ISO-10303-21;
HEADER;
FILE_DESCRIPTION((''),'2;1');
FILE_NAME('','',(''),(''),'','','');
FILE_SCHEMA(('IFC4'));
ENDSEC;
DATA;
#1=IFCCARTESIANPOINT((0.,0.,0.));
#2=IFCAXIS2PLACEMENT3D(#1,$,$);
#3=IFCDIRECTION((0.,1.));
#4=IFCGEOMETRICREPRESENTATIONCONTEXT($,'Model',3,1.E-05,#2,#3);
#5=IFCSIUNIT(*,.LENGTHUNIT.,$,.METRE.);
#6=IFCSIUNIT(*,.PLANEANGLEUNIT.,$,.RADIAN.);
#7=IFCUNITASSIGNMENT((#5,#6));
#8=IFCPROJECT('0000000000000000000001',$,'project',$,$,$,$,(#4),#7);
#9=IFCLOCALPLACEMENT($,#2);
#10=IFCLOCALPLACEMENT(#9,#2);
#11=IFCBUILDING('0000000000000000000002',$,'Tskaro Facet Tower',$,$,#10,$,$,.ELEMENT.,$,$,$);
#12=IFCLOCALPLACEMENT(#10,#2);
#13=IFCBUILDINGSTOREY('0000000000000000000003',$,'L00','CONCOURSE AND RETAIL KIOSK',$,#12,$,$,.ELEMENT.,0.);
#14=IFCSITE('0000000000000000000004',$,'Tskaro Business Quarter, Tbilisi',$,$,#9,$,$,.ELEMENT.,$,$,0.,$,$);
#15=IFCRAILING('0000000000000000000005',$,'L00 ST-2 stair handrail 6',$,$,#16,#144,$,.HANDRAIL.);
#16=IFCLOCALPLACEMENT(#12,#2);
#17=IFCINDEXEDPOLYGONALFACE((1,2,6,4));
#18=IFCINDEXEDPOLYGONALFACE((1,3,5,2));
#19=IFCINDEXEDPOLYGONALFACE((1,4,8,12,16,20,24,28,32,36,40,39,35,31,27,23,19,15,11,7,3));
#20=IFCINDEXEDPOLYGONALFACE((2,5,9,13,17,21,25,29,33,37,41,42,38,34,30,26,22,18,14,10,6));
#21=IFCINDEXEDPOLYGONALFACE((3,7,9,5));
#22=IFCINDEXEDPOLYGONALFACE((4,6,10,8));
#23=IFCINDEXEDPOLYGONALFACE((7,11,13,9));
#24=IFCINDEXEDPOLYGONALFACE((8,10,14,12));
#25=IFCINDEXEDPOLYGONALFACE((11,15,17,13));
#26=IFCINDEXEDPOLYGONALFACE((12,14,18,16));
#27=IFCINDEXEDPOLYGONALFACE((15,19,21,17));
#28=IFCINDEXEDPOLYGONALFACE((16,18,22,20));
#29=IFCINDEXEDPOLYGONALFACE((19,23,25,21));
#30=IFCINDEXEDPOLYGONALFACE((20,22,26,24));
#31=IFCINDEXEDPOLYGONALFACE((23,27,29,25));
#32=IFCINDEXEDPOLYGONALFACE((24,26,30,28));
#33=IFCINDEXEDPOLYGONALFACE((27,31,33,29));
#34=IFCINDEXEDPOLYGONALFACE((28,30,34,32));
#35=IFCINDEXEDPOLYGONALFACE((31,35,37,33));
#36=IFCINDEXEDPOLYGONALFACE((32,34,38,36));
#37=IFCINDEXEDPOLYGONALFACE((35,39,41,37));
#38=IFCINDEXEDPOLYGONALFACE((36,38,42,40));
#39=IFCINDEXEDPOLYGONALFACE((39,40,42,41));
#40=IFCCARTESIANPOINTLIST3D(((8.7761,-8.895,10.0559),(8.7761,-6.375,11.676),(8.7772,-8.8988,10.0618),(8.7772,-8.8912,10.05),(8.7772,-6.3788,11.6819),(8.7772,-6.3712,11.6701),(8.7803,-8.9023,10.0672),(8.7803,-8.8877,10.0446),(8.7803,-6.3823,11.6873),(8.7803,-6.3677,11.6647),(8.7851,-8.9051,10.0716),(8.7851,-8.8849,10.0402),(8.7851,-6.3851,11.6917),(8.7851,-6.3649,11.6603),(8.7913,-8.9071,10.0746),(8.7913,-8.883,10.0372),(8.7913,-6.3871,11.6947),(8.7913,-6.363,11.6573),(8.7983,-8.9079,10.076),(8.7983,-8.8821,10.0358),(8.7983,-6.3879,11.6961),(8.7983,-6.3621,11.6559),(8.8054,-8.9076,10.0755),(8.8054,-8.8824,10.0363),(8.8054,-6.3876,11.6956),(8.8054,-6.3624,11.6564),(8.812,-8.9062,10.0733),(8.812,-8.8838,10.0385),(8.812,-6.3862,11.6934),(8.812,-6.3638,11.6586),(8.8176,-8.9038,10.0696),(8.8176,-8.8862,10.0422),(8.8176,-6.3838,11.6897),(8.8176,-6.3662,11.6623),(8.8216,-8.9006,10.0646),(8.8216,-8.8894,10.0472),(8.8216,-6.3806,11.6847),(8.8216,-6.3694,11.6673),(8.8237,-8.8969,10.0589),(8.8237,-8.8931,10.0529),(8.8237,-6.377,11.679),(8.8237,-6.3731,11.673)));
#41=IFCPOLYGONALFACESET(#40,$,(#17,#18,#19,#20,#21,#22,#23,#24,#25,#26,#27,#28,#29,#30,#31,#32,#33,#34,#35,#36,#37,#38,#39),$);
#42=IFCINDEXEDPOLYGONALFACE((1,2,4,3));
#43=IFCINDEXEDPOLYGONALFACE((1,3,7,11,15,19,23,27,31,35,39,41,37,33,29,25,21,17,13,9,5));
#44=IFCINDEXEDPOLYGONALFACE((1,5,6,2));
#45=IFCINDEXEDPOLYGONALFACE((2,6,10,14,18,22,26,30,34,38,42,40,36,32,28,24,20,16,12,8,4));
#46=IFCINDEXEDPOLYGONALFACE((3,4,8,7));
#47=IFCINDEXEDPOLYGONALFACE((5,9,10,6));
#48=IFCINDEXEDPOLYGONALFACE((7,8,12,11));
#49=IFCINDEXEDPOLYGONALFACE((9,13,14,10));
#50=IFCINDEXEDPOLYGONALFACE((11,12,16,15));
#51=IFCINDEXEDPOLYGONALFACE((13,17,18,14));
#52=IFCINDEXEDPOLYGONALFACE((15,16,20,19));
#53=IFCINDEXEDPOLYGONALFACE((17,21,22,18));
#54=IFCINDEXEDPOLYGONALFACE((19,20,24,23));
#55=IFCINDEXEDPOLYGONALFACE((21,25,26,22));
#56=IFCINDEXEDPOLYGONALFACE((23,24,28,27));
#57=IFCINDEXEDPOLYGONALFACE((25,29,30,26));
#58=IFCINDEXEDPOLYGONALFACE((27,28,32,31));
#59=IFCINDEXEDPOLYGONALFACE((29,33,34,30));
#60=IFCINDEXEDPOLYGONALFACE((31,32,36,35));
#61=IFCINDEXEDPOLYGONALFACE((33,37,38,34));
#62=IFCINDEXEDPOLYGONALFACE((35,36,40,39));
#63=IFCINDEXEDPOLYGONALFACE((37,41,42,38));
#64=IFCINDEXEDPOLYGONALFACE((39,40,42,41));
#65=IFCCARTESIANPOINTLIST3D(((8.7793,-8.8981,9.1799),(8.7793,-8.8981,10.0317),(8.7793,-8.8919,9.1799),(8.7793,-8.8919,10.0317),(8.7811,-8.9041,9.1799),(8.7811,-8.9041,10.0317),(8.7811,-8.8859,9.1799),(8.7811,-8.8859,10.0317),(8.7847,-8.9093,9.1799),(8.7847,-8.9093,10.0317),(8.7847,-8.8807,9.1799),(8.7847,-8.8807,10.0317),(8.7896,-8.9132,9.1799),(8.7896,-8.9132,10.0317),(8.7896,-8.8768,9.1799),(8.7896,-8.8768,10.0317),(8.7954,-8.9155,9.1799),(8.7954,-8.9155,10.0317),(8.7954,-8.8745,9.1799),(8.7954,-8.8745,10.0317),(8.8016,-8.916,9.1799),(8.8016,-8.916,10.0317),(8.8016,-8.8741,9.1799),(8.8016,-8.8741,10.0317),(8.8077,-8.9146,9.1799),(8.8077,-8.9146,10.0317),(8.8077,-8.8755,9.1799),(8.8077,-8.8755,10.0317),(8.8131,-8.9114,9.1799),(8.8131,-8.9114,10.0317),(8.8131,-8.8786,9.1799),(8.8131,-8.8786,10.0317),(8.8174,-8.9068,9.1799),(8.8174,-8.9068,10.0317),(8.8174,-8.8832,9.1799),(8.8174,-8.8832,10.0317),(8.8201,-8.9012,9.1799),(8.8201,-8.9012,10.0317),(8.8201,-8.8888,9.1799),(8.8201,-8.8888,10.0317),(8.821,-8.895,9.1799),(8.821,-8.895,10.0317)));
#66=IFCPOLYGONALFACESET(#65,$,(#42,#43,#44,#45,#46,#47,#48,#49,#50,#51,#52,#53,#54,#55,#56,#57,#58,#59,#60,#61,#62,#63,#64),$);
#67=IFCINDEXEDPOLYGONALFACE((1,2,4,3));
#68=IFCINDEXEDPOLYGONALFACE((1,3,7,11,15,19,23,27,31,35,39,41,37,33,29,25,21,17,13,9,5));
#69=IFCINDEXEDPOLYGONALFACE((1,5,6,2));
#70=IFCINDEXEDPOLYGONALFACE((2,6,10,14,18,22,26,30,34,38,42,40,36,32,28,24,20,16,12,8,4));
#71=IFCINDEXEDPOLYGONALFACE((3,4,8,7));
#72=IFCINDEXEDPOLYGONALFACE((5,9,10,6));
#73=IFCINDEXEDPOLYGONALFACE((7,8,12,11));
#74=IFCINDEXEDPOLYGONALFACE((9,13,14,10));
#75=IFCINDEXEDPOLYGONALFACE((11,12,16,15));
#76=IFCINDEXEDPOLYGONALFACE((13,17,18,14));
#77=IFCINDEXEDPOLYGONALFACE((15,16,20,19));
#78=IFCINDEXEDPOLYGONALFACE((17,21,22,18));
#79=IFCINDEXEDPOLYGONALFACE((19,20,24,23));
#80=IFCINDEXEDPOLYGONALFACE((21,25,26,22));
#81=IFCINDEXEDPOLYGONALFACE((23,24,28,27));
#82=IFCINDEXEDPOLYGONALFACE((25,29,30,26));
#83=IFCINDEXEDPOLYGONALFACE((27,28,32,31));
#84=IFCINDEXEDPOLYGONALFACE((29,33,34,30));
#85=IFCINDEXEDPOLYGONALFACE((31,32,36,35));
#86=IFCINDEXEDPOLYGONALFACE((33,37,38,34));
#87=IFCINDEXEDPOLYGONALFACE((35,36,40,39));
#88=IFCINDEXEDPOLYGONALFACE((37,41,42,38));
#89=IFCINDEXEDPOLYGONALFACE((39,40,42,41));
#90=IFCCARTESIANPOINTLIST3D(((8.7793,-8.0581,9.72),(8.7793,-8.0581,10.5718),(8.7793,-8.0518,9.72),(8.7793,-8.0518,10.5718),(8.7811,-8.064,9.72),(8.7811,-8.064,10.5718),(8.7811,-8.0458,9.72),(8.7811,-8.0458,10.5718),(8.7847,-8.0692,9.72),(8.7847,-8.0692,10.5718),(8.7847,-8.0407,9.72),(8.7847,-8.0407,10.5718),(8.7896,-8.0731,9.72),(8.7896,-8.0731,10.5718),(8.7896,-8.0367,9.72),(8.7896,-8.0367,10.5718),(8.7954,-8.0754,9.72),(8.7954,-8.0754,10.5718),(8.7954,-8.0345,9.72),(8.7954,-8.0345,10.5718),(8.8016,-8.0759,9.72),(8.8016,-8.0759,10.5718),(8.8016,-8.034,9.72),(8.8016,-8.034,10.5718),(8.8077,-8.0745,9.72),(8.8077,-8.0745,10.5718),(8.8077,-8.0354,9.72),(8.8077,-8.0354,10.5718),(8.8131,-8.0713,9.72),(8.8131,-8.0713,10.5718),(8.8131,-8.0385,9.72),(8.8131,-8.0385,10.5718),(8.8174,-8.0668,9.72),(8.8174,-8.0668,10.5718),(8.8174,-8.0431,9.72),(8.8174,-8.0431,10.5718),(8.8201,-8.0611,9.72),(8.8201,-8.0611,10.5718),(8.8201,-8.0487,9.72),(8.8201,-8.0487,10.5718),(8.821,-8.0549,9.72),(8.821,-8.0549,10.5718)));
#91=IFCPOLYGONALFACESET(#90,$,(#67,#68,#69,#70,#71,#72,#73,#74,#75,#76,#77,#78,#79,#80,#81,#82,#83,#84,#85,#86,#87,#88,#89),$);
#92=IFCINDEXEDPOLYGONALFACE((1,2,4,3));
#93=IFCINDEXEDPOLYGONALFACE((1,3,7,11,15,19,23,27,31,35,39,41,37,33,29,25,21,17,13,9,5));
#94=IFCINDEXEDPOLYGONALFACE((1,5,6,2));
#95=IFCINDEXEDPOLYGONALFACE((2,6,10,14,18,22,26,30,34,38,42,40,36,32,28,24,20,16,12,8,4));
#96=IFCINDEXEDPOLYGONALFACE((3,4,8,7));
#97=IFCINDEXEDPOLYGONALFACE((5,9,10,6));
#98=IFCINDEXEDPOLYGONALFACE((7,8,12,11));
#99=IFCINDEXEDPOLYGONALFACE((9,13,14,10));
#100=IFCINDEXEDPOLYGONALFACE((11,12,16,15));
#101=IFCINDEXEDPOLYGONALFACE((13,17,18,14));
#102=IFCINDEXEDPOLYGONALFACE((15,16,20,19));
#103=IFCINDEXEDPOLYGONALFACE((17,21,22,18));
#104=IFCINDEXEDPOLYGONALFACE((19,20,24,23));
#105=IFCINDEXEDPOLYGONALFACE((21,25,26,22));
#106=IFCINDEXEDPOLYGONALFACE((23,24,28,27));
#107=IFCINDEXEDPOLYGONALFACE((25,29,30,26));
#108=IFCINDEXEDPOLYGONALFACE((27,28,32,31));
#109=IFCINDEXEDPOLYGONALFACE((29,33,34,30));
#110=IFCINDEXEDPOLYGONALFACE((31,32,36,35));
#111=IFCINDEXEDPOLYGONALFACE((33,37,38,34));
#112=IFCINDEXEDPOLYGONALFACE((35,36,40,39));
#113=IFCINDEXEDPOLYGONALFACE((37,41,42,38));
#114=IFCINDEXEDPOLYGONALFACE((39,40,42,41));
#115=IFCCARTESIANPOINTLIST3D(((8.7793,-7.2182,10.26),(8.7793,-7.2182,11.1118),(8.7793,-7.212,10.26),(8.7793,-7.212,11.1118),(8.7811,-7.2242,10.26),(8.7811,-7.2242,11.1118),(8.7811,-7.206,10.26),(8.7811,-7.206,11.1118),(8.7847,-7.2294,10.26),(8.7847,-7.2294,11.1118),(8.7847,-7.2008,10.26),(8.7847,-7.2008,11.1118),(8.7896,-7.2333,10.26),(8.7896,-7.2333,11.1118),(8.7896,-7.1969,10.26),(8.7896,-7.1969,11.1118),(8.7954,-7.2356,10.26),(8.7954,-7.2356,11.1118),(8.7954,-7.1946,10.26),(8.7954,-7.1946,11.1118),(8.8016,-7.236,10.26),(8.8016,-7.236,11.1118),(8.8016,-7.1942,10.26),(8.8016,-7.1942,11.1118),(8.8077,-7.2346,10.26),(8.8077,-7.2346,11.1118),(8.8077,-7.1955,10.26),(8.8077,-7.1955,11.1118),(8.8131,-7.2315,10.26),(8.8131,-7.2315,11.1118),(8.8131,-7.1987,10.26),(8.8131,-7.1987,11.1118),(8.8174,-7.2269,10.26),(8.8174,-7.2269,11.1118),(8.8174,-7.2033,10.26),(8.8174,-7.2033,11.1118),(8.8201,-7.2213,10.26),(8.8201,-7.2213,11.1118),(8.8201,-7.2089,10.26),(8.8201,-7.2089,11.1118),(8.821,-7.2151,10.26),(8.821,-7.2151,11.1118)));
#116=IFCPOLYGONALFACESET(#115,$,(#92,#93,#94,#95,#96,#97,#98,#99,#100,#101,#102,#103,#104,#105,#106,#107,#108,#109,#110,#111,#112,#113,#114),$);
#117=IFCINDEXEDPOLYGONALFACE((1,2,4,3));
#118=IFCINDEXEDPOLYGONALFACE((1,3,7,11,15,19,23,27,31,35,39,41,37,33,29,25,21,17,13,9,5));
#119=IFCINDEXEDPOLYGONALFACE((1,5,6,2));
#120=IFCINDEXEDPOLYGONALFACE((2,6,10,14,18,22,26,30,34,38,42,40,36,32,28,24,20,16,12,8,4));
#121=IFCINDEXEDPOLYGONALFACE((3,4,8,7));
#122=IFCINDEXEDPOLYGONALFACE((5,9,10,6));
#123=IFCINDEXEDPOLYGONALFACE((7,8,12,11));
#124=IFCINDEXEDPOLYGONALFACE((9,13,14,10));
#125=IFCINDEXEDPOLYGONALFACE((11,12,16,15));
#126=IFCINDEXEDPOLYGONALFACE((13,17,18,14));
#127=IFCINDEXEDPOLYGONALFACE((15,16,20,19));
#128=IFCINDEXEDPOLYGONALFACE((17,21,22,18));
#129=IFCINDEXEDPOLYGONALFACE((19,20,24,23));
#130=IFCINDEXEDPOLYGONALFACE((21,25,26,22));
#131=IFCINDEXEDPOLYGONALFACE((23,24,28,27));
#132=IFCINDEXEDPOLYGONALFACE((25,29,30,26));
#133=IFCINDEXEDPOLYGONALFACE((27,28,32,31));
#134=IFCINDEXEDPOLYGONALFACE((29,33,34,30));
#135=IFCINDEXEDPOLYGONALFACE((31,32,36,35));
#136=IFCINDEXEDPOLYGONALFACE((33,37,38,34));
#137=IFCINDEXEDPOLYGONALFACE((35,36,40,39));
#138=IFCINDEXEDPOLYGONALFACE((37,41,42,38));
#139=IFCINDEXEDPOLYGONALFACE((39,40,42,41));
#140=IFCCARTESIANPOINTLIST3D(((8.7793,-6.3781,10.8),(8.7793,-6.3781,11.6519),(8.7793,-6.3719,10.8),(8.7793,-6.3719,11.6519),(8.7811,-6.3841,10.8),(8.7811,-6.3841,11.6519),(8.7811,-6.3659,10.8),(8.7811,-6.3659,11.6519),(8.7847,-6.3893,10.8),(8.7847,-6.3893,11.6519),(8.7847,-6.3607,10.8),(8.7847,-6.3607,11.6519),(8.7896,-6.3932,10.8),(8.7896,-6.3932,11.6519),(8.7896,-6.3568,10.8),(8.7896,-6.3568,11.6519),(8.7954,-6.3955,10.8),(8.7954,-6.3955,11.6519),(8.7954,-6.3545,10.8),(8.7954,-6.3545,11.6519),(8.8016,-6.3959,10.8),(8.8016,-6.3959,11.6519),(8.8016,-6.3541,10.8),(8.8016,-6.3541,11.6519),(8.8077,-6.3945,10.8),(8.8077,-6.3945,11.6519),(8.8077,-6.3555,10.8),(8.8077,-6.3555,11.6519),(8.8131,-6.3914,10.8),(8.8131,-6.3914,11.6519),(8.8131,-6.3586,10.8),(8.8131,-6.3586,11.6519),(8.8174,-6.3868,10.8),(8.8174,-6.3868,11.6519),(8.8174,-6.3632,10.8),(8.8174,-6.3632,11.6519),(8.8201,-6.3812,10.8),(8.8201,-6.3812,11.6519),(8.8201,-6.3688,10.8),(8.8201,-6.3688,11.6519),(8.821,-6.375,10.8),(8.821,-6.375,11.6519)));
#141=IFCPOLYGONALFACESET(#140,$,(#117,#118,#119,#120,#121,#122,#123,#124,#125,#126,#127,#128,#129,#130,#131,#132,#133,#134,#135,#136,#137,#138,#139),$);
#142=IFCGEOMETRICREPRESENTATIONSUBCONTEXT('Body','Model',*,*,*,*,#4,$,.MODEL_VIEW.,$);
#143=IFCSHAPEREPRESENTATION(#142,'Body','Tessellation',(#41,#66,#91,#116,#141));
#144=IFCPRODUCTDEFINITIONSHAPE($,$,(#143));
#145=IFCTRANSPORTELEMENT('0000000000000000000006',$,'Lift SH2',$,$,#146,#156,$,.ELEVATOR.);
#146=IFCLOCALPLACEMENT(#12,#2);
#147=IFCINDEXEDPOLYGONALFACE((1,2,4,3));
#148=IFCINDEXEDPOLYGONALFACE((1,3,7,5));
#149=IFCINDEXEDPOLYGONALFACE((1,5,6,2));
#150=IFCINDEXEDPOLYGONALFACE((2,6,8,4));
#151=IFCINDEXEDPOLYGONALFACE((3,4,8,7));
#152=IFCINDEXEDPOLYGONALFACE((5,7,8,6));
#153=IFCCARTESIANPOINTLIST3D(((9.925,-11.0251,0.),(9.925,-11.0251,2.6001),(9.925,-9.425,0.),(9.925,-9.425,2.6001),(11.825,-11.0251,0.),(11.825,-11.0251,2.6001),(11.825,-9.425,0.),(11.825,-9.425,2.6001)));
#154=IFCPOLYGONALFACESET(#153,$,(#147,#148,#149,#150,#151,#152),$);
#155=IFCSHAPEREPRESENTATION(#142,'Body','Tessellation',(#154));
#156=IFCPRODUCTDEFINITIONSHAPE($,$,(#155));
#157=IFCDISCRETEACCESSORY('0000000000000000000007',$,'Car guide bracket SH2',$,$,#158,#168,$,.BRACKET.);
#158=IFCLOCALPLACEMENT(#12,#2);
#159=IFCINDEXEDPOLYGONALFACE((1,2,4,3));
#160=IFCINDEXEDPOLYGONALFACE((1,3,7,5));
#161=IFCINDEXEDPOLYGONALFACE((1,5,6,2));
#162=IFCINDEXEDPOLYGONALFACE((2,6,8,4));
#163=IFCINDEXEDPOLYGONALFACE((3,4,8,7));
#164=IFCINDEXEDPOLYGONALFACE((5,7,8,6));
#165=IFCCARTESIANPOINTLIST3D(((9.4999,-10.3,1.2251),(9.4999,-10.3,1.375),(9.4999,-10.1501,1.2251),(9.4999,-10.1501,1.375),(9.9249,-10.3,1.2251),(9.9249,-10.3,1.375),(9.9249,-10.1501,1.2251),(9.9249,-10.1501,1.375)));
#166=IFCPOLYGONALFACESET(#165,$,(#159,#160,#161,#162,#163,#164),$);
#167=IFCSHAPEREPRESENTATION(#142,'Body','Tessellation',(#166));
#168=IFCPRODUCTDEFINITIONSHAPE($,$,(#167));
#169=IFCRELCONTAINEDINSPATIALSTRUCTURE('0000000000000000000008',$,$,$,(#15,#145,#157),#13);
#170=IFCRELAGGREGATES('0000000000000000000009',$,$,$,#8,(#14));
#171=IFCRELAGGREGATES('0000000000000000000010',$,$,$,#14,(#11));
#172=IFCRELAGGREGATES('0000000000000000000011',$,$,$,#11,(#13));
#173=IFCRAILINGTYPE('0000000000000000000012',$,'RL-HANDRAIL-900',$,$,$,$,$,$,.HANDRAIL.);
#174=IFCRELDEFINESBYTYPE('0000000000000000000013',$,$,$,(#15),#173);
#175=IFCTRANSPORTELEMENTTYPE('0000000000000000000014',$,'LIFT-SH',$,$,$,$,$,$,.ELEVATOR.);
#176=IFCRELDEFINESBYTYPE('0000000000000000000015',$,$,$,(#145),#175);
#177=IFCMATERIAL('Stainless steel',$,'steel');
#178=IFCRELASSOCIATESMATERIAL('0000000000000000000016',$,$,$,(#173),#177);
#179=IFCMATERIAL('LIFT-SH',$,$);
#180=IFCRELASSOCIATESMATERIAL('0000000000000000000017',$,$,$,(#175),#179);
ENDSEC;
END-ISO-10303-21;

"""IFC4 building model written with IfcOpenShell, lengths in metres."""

from ifc_helpers import new_model, si_unit, direction, frame, origin, origin_2d, place, context, subcontext, project, spatial, rectangle, circle, extrude, material, type_object, element, save


model = new_model("IFC4")

# Units and contexts
model_context = context("Model", 3, precision=1e-05, world=origin(), true_north=direction((0.0, 1.0)))
body_context = subcontext(model_context, "Body", "Model", "MODEL_VIEW")
ifc_project = project(units=[si_unit("LENGTHUNIT", "METRE"), si_unit("PLANEANGLEUNIT", "RADIAN")], contexts=[model_context])

# Site, building, storey
site_placement = place(None, origin())
site = spatial("IfcSite", under=ifc_project, at=site_placement, Name="Tskaro Business Quarter, Tbilisi", CompositionType="ELEMENT", RefElevation=0.0)
building_placement = place(site_placement, origin())
building = spatial("IfcBuilding", under=site, at=building_placement, Name="Tskaro Facet Tower", CompositionType="ELEMENT")
storey_placement = place(building_placement, origin())
storey = spatial("IfcBuildingStorey", under=building, at=storey_placement, Name="L00", Description="CONCOURSE AND RETAIL KIOSK", CompositionType="ELEMENT", Elevation=0.0)

# Shared definitions
ifc_material_1 = material(Name="Stainless steel", Category="steel")

# Railing
railing_type = type_object("IfcRailingType", Name="RL-HANDRAIL-900", PredefinedType="HANDRAIL", material=ifc_material_1)
railing_1_placement = place(storey_placement, frame((8.8, -8.895, 9.1799)))
element("IfcRailing", 1, at=railing_1_placement, inside=storey, type_object=railing_type, Name="L00 ST-2 stair handrail 6", PredefinedType="HANDRAIL", context=body_context, shape_type="SweptSolid", body=[
    extrude(circle(Radius=0.0239, at=origin_2d()), frame((0.0, 0.0, 0.876), z_axis=(0.0, 0.841163, 0.540782), x_axis=(-1.0, 0.0, 0.0)), (0.0, 0.0, 1.0), 2.9958),
    extrude(circle(Radius=0.021, at=origin_2d()), origin(), (0.0, 0.0, 1.0), 0.8518),
    extrude(circle(Radius=0.021, at=origin_2d()), frame((0.0, 0.8401, 0.54)), (0.0, 0.0, 1.0), 0.8518),
    extrude(circle(Radius=0.021, at=origin_2d()), frame((0.0, 1.6799, 1.0801)), (0.0, 0.0, 1.0), 0.8518),
    extrude(circle(Radius=0.021, at=origin_2d()), frame((0.0, 2.52, 1.6201)), (0.0, 0.0, 1.0), 0.8518),
])

# Transport element
ifc_material_2 = material(Name="LIFT-SH")
transport_element_type = type_object("IfcTransportElementType", Name="LIFT-SH", PredefinedType="ELEVATOR", material=ifc_material_2)
transport_element_placement = place(storey_placement, frame((10.875, -10.2251, 0.0), z_axis=(0.0, 0.0, 1.0), x_axis=(1.0, 0.0, 0.0)))
element("IfcTransportElement", 2, at=transport_element_placement, inside=storey, type_object=transport_element_type, Name="Lift SH2", PredefinedType="ELEVATOR", context=body_context, shape_type="SweptSolid", body=[
    extrude(rectangle(XDim=1.8999, YDim=1.6001, at=origin_2d()), origin(), (0.0, 0.0, 1.0), 2.6001),
])

# Discrete accessory
discrete_accessory_placement = place(storey_placement, frame((9.7124, -10.2251, 1.2251), z_axis=(0.0, 0.0, 1.0), x_axis=(1.0, 0.0, 0.0)))
element("IfcDiscreteAccessory", 3, at=discrete_accessory_placement, inside=storey, Name="Car guide bracket SH2", PredefinedType="BRACKET", context=body_context, shape_type="SweptSolid", body=[
    extrude(rectangle(XDim=0.425, YDim=0.1499, at=origin_2d()), origin(), (0.0, 0.0, 1.0), 0.1499),
])

save(model, "model.ifc")
